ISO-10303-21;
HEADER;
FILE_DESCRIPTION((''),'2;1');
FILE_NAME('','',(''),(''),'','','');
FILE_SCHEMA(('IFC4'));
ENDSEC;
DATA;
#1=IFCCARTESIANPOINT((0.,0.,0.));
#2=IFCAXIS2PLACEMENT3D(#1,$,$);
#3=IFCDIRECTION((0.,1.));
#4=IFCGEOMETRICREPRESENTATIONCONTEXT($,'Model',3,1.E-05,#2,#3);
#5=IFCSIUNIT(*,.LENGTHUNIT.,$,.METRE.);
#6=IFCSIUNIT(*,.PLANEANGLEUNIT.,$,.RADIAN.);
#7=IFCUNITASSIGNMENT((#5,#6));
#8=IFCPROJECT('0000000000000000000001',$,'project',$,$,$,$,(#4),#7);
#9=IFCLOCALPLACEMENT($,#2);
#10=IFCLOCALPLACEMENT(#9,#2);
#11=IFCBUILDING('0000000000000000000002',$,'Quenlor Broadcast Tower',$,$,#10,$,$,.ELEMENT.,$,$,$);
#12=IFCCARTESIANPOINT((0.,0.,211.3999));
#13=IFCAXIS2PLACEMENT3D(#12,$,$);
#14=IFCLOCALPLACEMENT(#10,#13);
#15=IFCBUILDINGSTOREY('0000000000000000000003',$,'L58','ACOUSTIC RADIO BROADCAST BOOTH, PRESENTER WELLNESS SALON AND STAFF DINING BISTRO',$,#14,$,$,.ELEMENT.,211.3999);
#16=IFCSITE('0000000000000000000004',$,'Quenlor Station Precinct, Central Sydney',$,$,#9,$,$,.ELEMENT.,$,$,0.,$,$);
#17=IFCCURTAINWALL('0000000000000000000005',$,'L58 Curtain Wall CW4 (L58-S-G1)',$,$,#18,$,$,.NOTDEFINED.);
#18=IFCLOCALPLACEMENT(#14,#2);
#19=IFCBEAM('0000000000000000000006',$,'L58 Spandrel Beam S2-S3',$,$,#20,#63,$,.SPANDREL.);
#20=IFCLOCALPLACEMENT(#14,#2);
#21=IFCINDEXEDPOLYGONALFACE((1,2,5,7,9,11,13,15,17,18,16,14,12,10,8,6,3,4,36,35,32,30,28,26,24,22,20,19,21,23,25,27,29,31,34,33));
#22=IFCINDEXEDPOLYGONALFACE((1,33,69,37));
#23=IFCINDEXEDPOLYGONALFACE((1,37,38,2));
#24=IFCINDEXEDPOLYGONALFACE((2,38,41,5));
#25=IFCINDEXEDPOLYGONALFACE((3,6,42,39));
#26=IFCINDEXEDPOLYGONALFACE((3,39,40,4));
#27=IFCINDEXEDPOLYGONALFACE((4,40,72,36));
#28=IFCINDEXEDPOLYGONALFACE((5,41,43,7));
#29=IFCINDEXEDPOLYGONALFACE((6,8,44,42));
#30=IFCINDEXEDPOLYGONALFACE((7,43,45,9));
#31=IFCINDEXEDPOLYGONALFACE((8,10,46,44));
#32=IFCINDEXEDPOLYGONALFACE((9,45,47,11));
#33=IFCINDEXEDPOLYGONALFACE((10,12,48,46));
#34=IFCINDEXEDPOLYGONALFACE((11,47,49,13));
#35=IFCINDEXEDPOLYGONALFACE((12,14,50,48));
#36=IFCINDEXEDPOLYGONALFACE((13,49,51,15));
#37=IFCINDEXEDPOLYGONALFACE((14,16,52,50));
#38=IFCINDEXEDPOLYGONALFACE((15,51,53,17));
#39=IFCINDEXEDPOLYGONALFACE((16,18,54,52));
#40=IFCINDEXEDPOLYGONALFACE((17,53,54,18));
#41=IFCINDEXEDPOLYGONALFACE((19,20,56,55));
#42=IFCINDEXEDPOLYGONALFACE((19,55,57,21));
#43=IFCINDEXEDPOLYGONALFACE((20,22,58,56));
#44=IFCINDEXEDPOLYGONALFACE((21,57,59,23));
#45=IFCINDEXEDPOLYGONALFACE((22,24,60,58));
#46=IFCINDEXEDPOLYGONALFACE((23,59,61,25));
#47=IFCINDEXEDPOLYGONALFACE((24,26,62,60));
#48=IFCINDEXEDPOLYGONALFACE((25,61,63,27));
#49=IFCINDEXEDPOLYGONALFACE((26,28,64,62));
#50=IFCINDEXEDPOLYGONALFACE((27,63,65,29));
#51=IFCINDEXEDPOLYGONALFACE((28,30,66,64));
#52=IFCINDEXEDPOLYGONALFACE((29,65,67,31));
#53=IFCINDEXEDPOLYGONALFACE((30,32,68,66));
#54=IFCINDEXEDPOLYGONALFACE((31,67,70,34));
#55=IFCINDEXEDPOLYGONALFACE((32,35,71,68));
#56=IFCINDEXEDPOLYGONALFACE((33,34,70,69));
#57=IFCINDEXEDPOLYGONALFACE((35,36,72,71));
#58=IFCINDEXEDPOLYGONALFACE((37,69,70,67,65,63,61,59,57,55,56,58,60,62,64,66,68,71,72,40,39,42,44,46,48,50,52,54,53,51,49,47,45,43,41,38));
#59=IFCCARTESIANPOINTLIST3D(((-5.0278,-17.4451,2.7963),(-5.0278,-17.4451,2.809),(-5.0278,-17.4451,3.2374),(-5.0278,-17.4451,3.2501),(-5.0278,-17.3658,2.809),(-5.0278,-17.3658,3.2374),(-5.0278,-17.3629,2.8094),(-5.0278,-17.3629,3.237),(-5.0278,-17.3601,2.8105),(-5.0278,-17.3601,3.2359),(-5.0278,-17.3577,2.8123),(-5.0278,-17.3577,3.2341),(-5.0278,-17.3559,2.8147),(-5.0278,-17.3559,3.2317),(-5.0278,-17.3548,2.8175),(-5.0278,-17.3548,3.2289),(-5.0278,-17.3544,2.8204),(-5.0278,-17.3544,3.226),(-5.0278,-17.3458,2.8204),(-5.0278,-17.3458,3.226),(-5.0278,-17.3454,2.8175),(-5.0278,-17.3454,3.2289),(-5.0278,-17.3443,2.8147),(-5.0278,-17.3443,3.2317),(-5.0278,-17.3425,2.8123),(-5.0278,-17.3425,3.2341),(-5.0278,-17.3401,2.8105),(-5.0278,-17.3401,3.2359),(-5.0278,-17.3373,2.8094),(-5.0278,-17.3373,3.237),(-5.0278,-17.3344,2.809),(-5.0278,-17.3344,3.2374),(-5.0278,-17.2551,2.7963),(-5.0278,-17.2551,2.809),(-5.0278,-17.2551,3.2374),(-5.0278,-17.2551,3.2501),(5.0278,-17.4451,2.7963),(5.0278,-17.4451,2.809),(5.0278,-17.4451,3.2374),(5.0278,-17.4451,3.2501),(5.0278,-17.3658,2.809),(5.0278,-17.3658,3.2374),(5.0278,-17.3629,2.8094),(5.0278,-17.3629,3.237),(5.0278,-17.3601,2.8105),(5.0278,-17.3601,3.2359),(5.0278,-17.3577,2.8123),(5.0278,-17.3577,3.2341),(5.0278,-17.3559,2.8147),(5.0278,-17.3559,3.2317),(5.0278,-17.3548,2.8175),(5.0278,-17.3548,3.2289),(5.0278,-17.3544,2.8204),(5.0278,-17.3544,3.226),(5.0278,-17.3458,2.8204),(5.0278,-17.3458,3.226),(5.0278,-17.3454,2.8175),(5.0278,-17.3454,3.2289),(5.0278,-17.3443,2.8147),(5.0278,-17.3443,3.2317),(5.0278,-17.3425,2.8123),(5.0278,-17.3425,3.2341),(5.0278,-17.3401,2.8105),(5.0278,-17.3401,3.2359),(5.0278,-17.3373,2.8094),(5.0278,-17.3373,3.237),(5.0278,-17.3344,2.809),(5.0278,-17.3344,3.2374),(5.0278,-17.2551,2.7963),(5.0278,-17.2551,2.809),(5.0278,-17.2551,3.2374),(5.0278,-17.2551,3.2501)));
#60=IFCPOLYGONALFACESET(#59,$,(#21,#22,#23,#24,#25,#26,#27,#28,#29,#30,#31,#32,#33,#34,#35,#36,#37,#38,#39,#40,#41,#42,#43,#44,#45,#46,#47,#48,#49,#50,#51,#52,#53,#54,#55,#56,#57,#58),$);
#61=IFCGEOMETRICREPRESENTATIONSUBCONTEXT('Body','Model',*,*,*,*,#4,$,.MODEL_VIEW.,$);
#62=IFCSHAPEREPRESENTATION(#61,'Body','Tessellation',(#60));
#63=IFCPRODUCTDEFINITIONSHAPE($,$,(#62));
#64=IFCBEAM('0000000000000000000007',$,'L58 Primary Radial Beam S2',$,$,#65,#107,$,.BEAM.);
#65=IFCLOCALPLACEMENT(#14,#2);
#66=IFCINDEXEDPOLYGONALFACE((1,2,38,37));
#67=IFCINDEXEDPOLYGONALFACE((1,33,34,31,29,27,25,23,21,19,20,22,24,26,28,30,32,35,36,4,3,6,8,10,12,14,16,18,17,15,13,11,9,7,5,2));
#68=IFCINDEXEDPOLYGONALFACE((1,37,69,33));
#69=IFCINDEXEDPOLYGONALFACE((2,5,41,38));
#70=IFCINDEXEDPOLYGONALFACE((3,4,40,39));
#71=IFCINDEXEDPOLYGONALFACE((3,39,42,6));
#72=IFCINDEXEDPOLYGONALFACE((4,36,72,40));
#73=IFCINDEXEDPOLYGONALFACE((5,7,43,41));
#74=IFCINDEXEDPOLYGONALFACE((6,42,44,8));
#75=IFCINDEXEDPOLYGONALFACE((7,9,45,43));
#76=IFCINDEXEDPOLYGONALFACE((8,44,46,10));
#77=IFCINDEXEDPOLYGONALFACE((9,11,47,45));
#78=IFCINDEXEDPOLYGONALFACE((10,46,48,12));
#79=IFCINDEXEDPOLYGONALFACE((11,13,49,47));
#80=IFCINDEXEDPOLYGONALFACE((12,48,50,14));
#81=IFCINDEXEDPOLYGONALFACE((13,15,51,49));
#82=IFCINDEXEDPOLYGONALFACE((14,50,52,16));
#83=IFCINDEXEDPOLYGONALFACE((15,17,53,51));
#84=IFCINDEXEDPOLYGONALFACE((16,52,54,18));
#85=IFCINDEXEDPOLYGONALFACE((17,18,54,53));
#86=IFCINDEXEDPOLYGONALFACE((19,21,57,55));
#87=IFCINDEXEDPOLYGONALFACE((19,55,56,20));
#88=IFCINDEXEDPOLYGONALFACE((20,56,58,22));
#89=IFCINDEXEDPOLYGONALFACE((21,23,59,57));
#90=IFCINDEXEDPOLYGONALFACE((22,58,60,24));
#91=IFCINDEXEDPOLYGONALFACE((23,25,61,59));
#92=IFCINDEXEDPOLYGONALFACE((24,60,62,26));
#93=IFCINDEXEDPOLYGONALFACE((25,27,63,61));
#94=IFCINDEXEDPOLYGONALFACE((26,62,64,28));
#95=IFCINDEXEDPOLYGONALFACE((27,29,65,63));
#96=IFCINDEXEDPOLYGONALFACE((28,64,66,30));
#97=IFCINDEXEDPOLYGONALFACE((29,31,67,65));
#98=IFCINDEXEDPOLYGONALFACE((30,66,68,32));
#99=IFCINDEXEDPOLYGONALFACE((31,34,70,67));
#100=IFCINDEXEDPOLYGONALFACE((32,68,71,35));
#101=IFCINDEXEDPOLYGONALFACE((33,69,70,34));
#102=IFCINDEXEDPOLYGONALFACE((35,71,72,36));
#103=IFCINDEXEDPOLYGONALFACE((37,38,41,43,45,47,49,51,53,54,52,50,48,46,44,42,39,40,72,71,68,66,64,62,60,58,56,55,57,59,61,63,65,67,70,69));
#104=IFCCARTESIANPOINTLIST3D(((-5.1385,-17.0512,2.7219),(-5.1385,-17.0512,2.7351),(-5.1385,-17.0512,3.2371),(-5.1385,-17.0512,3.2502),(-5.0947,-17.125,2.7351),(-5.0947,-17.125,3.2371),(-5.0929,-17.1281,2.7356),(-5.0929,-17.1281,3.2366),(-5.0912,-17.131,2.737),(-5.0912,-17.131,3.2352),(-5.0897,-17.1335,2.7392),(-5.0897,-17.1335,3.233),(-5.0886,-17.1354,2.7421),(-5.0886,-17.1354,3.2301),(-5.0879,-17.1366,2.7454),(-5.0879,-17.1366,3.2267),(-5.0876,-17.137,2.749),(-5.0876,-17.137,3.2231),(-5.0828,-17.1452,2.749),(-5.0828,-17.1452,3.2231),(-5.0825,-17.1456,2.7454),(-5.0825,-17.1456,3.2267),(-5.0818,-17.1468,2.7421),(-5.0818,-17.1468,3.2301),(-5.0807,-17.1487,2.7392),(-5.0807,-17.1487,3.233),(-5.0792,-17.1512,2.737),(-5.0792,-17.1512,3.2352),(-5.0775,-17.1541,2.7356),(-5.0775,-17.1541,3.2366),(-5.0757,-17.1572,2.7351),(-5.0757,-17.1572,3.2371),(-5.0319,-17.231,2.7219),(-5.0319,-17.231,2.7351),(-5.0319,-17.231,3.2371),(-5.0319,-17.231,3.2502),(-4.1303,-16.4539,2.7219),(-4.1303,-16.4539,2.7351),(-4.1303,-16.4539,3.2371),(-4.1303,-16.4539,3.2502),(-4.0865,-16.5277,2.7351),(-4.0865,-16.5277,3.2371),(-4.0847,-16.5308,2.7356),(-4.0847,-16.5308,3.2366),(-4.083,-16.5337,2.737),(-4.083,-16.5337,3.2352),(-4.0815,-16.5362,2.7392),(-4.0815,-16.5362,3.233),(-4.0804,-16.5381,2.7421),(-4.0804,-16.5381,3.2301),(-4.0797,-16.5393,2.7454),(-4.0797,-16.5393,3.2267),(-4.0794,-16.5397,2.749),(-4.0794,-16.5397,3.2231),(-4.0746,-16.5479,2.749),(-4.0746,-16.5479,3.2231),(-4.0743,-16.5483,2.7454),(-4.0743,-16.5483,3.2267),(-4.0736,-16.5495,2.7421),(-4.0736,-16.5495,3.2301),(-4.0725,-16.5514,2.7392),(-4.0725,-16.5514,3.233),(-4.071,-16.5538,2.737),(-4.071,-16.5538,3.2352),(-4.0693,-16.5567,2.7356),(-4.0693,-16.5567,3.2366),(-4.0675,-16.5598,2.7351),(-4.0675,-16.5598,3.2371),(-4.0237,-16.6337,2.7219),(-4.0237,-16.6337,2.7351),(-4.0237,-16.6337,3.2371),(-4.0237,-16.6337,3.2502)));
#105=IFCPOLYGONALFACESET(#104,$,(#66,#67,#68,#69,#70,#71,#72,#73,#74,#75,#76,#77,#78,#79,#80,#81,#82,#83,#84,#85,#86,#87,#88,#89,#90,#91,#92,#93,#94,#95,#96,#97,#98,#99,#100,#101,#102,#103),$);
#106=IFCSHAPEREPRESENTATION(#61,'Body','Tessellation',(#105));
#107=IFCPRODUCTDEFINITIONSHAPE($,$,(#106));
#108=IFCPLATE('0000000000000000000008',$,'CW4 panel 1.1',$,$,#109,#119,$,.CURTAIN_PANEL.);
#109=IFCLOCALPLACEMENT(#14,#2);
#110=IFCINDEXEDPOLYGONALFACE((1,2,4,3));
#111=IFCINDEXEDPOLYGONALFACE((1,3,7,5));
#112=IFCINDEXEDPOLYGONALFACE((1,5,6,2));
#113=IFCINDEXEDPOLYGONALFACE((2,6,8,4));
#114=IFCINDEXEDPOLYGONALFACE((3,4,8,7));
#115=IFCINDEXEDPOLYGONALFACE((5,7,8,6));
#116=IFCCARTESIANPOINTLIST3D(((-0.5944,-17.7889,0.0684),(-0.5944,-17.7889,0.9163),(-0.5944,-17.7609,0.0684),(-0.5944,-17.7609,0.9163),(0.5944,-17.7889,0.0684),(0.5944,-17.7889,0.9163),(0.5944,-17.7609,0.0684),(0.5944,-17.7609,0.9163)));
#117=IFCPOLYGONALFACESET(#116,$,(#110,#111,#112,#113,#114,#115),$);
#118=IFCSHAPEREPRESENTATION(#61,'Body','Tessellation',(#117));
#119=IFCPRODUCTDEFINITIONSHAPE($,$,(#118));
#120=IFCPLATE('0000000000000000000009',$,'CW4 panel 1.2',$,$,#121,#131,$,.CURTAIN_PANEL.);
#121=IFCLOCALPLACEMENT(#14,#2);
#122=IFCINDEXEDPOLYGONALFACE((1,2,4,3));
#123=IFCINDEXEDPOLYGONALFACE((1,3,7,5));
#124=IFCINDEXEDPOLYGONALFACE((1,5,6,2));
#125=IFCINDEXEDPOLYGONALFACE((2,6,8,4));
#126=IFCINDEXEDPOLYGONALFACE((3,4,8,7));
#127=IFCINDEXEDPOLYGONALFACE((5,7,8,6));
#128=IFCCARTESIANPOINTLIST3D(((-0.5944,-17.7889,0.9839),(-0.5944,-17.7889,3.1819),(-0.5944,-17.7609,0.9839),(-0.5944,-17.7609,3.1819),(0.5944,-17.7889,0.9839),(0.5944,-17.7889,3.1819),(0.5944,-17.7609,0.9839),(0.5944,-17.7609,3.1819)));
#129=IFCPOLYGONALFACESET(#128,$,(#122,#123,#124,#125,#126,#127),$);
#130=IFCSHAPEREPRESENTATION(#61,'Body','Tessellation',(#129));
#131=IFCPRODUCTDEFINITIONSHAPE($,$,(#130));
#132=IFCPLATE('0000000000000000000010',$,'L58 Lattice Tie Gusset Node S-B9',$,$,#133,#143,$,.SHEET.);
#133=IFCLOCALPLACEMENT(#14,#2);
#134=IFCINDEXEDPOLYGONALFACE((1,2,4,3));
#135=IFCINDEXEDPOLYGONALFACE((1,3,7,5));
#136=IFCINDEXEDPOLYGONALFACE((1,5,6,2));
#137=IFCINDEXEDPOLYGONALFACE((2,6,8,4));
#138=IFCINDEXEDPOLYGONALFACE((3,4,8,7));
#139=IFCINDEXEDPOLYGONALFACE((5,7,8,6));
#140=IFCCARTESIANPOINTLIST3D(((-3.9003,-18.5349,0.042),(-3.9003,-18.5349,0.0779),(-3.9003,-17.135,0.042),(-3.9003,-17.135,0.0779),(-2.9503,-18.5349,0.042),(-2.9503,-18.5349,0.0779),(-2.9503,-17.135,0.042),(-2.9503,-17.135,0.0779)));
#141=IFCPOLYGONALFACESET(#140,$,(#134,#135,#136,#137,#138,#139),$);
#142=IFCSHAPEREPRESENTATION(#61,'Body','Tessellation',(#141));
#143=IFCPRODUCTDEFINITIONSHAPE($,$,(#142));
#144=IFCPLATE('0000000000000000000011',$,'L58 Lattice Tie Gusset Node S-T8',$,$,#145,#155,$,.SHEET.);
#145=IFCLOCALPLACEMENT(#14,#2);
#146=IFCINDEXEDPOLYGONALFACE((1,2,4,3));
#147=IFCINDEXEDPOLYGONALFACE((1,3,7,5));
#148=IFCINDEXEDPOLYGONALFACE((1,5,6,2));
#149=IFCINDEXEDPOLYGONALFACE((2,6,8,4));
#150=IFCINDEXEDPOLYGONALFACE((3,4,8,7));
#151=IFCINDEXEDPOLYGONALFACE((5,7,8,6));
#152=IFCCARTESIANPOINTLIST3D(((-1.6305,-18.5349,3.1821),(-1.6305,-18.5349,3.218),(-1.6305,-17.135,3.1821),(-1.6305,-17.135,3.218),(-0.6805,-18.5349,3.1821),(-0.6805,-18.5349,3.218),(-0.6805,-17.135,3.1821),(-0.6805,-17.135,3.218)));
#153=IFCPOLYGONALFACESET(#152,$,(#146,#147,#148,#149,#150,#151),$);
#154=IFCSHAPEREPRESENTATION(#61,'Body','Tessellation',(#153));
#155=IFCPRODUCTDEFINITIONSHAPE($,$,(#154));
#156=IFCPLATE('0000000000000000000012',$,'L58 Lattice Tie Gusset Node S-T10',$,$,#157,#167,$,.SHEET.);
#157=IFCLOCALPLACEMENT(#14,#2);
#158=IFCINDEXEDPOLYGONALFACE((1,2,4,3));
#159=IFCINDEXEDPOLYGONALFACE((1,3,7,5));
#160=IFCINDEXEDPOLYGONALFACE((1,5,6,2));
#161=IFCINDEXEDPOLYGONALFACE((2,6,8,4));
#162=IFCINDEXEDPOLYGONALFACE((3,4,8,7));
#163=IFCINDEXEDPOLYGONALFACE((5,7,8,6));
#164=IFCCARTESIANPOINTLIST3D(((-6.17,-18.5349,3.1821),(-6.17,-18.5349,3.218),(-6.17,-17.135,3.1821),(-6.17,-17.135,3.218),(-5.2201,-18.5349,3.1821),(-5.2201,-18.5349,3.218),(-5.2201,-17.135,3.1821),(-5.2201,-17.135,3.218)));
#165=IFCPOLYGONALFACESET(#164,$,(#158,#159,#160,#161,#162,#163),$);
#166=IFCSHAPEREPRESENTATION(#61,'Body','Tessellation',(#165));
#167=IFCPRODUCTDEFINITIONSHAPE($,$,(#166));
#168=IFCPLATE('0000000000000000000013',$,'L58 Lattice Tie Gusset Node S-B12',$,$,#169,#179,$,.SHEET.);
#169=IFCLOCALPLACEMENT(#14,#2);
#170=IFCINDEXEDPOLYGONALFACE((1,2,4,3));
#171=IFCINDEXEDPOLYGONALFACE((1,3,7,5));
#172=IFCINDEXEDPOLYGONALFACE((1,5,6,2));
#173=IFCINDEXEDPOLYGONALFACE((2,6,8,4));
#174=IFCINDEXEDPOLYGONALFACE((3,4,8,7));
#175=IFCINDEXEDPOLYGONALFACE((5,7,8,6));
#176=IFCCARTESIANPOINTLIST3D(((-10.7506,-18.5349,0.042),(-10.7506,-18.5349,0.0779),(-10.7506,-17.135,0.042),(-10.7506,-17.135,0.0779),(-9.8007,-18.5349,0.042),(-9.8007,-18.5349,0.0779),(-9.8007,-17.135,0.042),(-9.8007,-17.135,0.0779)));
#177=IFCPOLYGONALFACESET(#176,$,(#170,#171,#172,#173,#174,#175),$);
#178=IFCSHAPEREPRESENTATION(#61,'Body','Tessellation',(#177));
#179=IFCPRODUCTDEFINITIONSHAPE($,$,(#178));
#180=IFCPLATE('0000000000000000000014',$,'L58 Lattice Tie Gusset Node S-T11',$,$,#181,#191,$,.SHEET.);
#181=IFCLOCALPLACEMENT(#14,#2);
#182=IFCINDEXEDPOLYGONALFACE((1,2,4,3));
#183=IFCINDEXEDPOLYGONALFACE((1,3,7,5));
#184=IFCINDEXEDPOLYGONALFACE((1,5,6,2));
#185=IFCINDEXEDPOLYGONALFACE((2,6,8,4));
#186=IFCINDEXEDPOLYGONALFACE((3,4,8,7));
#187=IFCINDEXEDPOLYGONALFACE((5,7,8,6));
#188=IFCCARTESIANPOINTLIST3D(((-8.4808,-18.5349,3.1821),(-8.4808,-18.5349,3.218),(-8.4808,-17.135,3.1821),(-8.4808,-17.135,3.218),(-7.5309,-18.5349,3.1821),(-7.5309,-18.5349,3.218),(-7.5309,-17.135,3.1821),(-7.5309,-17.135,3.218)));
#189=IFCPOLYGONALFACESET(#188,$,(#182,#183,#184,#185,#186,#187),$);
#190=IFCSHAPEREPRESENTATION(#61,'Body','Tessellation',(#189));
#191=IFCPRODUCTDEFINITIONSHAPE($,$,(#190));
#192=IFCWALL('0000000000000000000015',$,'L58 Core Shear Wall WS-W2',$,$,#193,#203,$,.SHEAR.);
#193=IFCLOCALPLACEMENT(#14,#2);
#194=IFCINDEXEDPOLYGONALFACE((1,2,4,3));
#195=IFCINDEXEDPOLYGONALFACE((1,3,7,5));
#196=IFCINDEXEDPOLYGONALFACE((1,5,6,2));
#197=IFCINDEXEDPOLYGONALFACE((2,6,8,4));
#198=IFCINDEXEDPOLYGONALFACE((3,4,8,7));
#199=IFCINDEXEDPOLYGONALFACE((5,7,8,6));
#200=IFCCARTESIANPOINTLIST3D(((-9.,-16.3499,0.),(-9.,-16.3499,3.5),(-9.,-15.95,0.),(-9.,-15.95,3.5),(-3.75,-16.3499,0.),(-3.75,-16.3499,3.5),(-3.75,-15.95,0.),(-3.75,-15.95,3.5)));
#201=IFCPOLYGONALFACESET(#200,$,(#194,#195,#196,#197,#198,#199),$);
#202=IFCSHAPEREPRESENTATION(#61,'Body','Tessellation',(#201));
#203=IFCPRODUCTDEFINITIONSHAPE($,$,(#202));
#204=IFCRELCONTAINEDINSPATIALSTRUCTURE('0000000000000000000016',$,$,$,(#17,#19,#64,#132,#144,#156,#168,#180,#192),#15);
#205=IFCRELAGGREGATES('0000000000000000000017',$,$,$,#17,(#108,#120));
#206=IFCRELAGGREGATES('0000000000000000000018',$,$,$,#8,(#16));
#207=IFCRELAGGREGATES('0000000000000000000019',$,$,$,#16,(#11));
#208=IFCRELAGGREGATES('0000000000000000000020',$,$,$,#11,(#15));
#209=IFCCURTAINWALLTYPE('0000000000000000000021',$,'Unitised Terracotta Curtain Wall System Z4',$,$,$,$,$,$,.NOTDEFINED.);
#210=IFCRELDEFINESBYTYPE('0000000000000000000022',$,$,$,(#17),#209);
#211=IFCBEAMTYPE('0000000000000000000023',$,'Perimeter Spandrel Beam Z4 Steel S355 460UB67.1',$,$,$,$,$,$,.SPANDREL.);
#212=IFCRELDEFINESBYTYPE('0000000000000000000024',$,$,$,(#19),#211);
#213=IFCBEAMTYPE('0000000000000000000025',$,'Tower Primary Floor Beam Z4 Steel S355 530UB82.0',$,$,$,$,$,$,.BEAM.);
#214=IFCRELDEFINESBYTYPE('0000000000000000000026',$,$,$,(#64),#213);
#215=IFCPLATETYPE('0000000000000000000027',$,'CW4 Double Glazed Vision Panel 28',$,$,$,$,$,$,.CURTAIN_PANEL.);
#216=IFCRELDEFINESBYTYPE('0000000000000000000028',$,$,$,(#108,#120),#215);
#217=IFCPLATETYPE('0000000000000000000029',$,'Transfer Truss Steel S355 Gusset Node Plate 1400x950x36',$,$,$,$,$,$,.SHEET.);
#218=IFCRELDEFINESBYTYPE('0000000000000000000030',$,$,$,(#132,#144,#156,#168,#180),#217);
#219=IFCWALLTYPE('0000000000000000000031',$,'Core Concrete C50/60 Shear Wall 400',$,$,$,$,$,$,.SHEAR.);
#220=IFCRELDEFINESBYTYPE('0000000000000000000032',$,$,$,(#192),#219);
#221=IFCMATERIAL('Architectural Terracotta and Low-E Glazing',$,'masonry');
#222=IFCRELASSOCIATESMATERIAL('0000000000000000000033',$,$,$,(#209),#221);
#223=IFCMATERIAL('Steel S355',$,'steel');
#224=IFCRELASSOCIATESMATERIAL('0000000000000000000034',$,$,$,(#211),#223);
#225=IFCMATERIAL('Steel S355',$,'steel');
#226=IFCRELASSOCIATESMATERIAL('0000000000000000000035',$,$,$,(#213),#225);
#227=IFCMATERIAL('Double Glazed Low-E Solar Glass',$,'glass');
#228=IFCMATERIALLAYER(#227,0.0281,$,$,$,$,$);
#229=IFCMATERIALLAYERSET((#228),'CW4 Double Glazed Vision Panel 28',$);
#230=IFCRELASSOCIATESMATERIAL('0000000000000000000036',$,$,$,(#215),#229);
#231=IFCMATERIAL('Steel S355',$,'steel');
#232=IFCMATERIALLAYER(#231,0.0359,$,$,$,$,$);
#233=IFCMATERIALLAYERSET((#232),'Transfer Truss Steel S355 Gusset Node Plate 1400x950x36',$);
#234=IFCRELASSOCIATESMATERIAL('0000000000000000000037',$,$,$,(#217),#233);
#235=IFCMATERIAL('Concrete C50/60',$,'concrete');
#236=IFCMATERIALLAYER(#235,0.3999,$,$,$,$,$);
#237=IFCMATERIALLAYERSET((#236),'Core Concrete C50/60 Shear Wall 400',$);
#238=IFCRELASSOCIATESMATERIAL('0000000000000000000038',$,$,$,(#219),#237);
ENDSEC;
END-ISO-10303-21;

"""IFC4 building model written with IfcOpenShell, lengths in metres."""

from ifc_helpers import new_model, si_unit, direction, frame, frame_2d, origin, origin_2d, place, context, subcontext, project, spatial, rectangle, i_section, extrude, material, layer, layer_set, material_profile, profile_set, type_object, element, aggregate, save


model = new_model("IFC4")

# Units and contexts
model_context = context("Model", 3, precision=1e-05, world=origin(), true_north=direction((0.0, 1.0)))
body_context = subcontext(model_context, "Body", "Model", "MODEL_VIEW")
ifc_project = project(units=[si_unit("LENGTHUNIT", "METRE"), si_unit("PLANEANGLEUNIT", "RADIAN")], contexts=[model_context])

# Site, building, storey
site_placement = place(None, origin())
site = spatial("IfcSite", under=ifc_project, at=site_placement, Name="Quenlor Station Precinct, Central Sydney", CompositionType="ELEMENT", RefElevation=0.0)
building_placement = place(site_placement, origin())
building = spatial("IfcBuilding", under=site, at=building_placement, Name="Quenlor Broadcast Tower", CompositionType="ELEMENT")
storey_placement = place(building_placement, frame((0.0, 0.0, 211.3999)))
storey = spatial("IfcBuildingStorey", under=building, at=storey_placement, Name="L58", Description="ACOUSTIC RADIO BROADCAST BOOTH, PRESENTER WELLNESS SALON AND STAFF DINING BISTRO", CompositionType="ELEMENT", Elevation=211.3999)

# Curtain wall
ifc_material_1 = material(Name="Architectural Terracotta and Low-E Glazing", Category="masonry")
curtain_wall_type = type_object("IfcCurtainWallType", Name="Unitised Terracotta Curtain Wall System Z4", PredefinedType="NOTDEFINED", material=ifc_material_1)
curtain_wall_placement = place(storey_placement, origin())
curtain_wall = element("IfcCurtainWall", 1, at=curtain_wall_placement, inside=storey, type_object=curtain_wall_type, Name="L58 Curtain Wall CW4 (L58-S-G1)", PredefinedType="NOTDEFINED")

# Beams
ifc_material_2 = material(Name="Steel S355", Category="steel")
ifc_material_profile_1 = material_profile(ifc_material_2, i_section(OverallWidth=0.1899, OverallDepth=0.4539, WebThickness=0.0085, FlangeThickness=0.0127, FilletRadius=0.0115, at=origin_2d()))
ifc_profile_set_1 = profile_set([ifc_material_profile_1], Name="Steel S355 460UB67.1")
beam_type_1 = type_object("IfcBeamType", Name="Perimeter Spandrel Beam Z4 Steel S355 460UB67.1", PredefinedType="SPANDREL", material=ifc_profile_set_1)
beam_1_placement = place(storey_placement, frame((-5.0278, -17.3501, 3.0232), z_axis=(1.0, 0.0, 0.0), x_axis=(0.0, 1.0, 0.0)))
element("IfcBeam", 2, at=beam_1_placement, inside=storey, type_object=beam_type_1, Name="L58 Spandrel Beam S2-S3", PredefinedType="SPANDREL", context=body_context, shape_type="SweptSolid", body=[
    extrude(i_section(OverallWidth=0.1899, OverallDepth=0.4539, WebThickness=0.0085, FlangeThickness=0.0127, FilletRadius=0.0115, at=origin_2d()), origin(), (0.0, 0.0, 1.0), 10.0557),
])
ifc_material_3 = material(Name="Steel S355", Category="steel")
ifc_material_profile_2 = material_profile(ifc_material_3, i_section(OverallWidth=0.209, OverallDepth=0.5283, WebThickness=0.0095, FlangeThickness=0.0132, FilletRadius=0.0139, at=origin_2d()))
ifc_profile_set_2 = profile_set([ifc_material_profile_2], Name="Steel S355 530UB82.0")
beam_type_2 = type_object("IfcBeamType", Name="Tower Primary Floor Beam Z4 Steel S355 530UB82.0", PredefinedType="BEAM", material=ifc_profile_set_2)
beam_2_placement = place(storey_placement, frame((-5.0852, -17.1411, 2.9861), z_axis=(0.860329, 0.50974, 0.0), x_axis=(-0.50974, 0.860329, 0.0)))
element("IfcBeam", 3, at=beam_2_placement, inside=storey, type_object=beam_type_2, Name="L58 Primary Radial Beam S2", PredefinedType="BEAM", context=body_context, shape_type="SweptSolid", body=[
    extrude(i_section(OverallWidth=0.209, OverallDepth=0.5283, WebThickness=0.0095, FlangeThickness=0.0132, FilletRadius=0.0139, at=origin_2d()), origin(), (0.0, 0.0, 1.0), 1.1719),
])

# Plates
ifc_material_4 = material(Name="Double Glazed Low-E Solar Glass", Category="glass")
ifc_layer_1 = layer(ifc_material_4, 0.0281)
ifc_layer_set_1 = layer_set([ifc_layer_1], Name="CW4 Double Glazed Vision Panel 28")
plate_type_1 = type_object("IfcPlateType", Name="CW4 Double Glazed Vision Panel 28", PredefinedType="CURTAIN_PANEL", material=ifc_layer_set_1)
plate_1_placement = place(storey_placement, frame((0.0, -17.7749, 0.0684), z_axis=(0.0, 0.0, 1.0), x_axis=(-1.0, 0.0, 0.0)))
plate_1 = element("IfcPlate", 4, at=plate_1_placement, type_object=plate_type_1, Name="CW4 panel 1.1", PredefinedType="CURTAIN_PANEL", context=body_context, shape_type="SweptSolid", body=[
    extrude(rectangle(XDim=1.1887, YDim=0.0281, at=origin_2d()), origin(), (0.0, 0.0, 1.0), 0.8479),
])
plate_2_placement = place(storey_placement, frame((0.0, -17.7749, 0.9839), z_axis=(0.0, 0.0, 1.0), x_axis=(-1.0, 0.0, 0.0)))
plate_2 = element("IfcPlate", 5, at=plate_2_placement, type_object=plate_type_1, Name="CW4 panel 1.2", PredefinedType="CURTAIN_PANEL", context=body_context, shape_type="SweptSolid", body=[
    extrude(rectangle(XDim=1.1887, YDim=0.0281, at=origin_2d()), origin(), (0.0, 0.0, 1.0), 2.198),
])
aggregate(curtain_wall, [plate_1, plate_2])

# Plates
ifc_material_5 = material(Name="Steel S355", Category="steel")
ifc_layer_2 = layer(ifc_material_5, 0.0359)
ifc_layer_set_2 = layer_set([ifc_layer_2], Name="Transfer Truss Steel S355 Gusset Node Plate 1400x950x36")
plate_type_2 = type_object("IfcPlateType", Name="Transfer Truss Steel S355 Gusset Node Plate 1400x950x36", PredefinedType="SHEET", material=ifc_layer_set_2)
for number, where, z_axis, x_axis, name in (
    (6, (-3.4253, -17.835, 0.042), (0.0, 0.0, 1.0), (0.0, -1.0, 0.0), "L58 Lattice Tie Gusset Node S-B9"),
    (7, (-1.1555, -17.835, 3.1821), (0.0, 0.0, 1.0), (0.0, -1.0, 0.0), "L58 Lattice Tie Gusset Node S-T8"),
    (8, (-5.6951, -17.835, 3.1821), (0.0, 0.0, 1.0), (0.0, -1.0, 0.0), "L58 Lattice Tie Gusset Node S-T10"),
    (9, (-10.2756, -17.835, 0.042), (0.0, 0.0, 1.0), (0.0, -1.0, 0.0), "L58 Lattice Tie Gusset Node S-B12"),
    (10, (-8.0059, -17.835, 3.1821), (0.0, 0.0, 1.0), (0.0, -1.0, 0.0), "L58 Lattice Tie Gusset Node S-T11"),
):
    element("IfcPlate", number, at=place(storey_placement, frame(where, z_axis=z_axis, x_axis=x_axis)), inside=storey, type_object=plate_type_2, Name=name, PredefinedType="SHEET", context=body_context, shape_type="SweptSolid", body=[
        extrude(rectangle(XDim=1.3999, YDim=0.95, at=origin_2d()), origin(), (0.0, 0.0, 1.0), 0.0359),
    ])

# Wall
ifc_material_6 = material(Name="Concrete C50/60", Category="concrete")
ifc_layer_3 = layer(ifc_material_6, 0.3999)
ifc_layer_set_3 = layer_set([ifc_layer_3], Name="Core Concrete C50/60 Shear Wall 400")
wall_type_1 = type_object("IfcWallType", Name="Core Concrete C50/60 Shear Wall 400", PredefinedType="SHEAR", material=ifc_layer_set_3)
wall_1_placement = place(storey_placement, frame((-9.0, -16.1499, 0.0), z_axis=(0.0, 0.0, 1.0), x_axis=(1.0, 0.0, 0.0)))
element("IfcWall", 11, at=wall_1_placement, inside=storey, type_object=wall_type_1, Name="L58 Core Shear Wall WS-W2", PredefinedType="SHEAR", context=body_context, shape_type="SweptSolid", body=[
    extrude(rectangle(XDim=5.25, YDim=0.3999, at=frame_2d((2.625, 0.0))), origin(), (0.0, 0.0, 1.0), 3.5),
])

save(model, "model.ifc")
